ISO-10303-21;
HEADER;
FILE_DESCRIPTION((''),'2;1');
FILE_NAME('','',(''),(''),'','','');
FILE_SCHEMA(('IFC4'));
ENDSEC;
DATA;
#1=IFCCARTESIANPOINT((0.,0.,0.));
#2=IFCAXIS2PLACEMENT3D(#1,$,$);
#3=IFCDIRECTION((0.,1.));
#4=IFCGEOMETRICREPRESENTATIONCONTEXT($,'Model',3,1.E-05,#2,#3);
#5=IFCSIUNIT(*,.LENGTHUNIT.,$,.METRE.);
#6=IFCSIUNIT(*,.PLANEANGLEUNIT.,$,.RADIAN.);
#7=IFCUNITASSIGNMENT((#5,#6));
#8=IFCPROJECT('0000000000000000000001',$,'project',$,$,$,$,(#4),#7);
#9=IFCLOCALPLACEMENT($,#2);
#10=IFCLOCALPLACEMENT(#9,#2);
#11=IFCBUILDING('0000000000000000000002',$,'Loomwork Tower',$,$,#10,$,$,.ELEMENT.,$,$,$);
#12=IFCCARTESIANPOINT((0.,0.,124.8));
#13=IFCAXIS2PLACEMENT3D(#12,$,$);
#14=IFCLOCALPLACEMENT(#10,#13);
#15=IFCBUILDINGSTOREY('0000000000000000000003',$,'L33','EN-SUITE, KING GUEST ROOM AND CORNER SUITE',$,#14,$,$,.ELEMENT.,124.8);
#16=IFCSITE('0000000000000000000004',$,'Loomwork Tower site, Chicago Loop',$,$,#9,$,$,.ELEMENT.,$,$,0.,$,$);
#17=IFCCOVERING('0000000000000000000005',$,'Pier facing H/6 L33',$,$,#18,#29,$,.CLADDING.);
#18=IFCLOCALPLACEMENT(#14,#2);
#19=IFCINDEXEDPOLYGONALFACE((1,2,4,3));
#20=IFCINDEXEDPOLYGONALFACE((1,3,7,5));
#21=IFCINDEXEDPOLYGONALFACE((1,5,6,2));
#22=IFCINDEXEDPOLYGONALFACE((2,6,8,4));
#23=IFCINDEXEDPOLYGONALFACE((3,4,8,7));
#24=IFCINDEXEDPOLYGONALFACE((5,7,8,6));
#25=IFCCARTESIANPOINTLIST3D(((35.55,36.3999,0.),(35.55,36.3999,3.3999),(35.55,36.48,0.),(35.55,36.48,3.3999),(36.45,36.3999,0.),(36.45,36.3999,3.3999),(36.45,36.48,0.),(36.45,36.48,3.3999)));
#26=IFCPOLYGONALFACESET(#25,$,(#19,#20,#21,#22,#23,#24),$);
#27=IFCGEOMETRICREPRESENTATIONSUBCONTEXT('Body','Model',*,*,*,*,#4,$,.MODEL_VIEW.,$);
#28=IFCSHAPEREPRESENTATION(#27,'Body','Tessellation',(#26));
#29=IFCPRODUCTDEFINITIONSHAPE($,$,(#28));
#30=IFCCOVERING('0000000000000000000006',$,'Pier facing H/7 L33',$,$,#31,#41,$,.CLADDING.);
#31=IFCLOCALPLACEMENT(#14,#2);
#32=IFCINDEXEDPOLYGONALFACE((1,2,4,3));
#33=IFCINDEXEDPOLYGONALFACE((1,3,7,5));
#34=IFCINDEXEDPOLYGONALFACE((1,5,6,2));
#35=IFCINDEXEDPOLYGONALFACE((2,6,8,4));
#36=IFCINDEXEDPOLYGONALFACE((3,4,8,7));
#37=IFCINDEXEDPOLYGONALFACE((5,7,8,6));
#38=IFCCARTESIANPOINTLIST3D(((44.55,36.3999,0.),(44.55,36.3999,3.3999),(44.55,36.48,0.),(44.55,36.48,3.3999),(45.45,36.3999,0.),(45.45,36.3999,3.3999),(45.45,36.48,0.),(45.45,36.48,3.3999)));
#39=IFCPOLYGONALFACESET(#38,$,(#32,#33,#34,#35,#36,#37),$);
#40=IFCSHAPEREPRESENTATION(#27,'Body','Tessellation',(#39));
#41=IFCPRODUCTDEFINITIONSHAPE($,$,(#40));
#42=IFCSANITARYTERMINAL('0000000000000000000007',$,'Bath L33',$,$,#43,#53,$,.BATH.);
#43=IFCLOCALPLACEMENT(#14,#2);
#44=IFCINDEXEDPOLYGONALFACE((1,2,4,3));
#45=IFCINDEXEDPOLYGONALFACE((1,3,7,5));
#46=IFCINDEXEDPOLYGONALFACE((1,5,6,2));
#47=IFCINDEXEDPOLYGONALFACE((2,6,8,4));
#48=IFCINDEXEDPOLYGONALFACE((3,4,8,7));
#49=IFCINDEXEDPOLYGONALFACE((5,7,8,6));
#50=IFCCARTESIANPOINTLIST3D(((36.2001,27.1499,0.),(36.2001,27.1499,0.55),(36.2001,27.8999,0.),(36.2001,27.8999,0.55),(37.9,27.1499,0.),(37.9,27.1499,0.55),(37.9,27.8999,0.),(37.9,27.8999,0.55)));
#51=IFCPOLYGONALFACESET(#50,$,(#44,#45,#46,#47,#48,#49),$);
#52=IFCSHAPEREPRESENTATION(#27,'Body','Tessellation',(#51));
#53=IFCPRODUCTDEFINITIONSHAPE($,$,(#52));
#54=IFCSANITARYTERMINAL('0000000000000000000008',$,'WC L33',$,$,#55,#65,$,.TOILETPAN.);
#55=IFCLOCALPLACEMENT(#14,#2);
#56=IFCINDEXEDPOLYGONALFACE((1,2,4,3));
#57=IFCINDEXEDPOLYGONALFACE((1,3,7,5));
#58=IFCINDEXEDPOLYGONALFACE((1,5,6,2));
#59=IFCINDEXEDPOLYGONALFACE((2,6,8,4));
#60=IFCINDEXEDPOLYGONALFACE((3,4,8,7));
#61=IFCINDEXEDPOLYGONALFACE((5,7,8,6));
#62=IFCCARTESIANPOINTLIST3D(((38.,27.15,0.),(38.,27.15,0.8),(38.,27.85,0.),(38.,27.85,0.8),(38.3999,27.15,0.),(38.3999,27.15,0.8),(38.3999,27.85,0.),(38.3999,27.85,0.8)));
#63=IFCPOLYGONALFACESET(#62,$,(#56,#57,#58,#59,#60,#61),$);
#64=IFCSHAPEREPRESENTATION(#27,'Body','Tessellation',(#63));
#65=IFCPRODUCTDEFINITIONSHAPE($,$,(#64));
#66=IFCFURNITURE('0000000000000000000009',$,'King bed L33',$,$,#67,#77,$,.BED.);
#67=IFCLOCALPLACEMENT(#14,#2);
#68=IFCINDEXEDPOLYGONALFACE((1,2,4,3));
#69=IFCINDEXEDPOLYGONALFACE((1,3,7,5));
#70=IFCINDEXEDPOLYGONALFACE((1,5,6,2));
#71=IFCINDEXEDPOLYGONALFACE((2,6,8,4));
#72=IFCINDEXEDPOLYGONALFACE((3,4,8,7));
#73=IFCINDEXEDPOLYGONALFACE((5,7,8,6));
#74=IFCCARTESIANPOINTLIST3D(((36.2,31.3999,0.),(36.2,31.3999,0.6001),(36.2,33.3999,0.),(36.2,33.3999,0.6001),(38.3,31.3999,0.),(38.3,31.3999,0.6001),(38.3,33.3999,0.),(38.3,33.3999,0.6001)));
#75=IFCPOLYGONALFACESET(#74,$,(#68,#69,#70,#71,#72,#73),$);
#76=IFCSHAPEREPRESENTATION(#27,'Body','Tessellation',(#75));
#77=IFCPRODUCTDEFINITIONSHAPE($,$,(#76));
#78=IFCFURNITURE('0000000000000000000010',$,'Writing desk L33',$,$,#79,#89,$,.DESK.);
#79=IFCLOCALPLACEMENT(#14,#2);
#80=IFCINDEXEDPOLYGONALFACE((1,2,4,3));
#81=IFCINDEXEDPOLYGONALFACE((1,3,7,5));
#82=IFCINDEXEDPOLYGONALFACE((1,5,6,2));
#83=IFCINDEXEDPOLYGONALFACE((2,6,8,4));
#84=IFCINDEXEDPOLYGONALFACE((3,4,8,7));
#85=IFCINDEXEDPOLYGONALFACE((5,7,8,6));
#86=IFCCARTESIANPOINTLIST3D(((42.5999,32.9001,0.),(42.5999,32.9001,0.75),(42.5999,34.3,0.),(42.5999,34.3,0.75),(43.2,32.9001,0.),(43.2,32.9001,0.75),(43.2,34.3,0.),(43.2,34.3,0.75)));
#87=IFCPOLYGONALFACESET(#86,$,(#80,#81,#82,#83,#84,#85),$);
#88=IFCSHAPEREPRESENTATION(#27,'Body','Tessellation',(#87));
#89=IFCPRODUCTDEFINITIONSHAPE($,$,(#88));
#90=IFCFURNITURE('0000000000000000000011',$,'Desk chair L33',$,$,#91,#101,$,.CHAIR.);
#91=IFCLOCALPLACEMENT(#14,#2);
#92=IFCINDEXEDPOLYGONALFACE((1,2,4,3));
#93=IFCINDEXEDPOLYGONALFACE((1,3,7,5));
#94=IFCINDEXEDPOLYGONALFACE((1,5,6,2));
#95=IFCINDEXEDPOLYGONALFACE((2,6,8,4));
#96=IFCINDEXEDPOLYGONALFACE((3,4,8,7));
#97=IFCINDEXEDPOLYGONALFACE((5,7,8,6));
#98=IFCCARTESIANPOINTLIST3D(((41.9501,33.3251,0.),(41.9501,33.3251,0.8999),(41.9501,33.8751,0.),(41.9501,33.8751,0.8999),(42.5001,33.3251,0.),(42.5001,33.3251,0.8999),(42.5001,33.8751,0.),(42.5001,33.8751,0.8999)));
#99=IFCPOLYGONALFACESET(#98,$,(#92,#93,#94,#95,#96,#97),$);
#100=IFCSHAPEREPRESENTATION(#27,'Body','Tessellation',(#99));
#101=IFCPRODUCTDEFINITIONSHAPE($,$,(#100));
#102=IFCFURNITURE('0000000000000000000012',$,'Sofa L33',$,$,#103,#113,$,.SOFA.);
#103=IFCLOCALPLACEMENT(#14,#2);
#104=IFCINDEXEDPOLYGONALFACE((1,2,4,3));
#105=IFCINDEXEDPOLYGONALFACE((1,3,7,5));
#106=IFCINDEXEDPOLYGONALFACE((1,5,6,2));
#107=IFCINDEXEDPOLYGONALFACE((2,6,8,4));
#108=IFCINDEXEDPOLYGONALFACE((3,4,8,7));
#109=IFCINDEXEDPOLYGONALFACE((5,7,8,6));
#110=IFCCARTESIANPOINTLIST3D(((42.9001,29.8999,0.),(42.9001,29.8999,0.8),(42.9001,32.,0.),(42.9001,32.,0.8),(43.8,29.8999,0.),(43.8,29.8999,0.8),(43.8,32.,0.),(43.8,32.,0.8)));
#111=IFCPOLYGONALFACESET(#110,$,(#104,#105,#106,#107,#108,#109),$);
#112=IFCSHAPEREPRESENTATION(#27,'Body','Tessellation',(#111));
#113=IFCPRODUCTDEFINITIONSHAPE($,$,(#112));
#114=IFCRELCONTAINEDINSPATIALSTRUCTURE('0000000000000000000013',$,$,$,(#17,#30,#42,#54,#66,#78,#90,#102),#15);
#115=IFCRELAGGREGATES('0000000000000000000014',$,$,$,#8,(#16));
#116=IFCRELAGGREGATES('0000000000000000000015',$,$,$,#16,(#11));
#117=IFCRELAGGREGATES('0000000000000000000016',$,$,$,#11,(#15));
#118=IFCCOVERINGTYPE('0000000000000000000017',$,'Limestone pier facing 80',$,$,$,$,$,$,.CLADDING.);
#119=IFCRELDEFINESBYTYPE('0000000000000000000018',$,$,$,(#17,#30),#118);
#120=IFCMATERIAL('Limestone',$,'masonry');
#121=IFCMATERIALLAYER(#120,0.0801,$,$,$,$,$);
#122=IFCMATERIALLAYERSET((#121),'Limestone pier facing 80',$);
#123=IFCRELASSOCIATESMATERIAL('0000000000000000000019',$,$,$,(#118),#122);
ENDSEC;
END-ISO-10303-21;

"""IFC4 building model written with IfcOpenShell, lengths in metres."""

from ifc_helpers import new_model, si_unit, direction, frame, origin, origin_2d, place, context, subcontext, project, spatial, rectangle, extrude, material, layer, layer_set, type_object, element, save


model = new_model("IFC4")

# Units and contexts
model_context = context("Model", 3, precision=1e-05, world=origin(), true_north=direction((0.0, 1.0)))
body_context = subcontext(model_context, "Body", "Model", "MODEL_VIEW")
ifc_project = project(units=[si_unit("LENGTHUNIT", "METRE"), si_unit("PLANEANGLEUNIT", "RADIAN")], contexts=[model_context])

# Site, building, storey
site_placement = place(None, origin())
site = spatial("IfcSite", under=ifc_project, at=site_placement, Name="Loomwork Tower site, Chicago Loop", CompositionType="ELEMENT", RefElevation=0.0)
building_placement = place(site_placement, origin())
building = spatial("IfcBuilding", under=site, at=building_placement, Name="Loomwork Tower", CompositionType="ELEMENT")
storey_placement = place(building_placement, frame((0.0, 0.0, 124.8)))
storey = spatial("IfcBuildingStorey", under=building, at=storey_placement, Name="L33", Description="EN-SUITE, KING GUEST ROOM AND CORNER SUITE", CompositionType="ELEMENT", Elevation=124.8)

# Coverings
ifc_material_1 = material(Name="Limestone", Category="masonry")
ifc_layer_1 = layer(ifc_material_1, 0.0801)
ifc_layer_set_1 = layer_set([ifc_layer_1], Name="Limestone pier facing 80")
covering_type = type_object("IfcCoveringType", Name="Limestone pier facing 80", PredefinedType="CLADDING", material=ifc_layer_set_1)
for number, where, z_axis, x_axis, name in (
    (1, (36.0, 36.4399, 0.0), (0.0, 0.0, 1.0), (1.0, 0.0, 0.0), "Pier facing H/6 L33"),
    (2, (45.0, 36.4399, 0.0), (0.0, 0.0, 1.0), (1.0, 0.0, 0.0), "Pier facing H/7 L33"),
):
    element("IfcCovering", number, at=place(storey_placement, frame(where, z_axis=z_axis, x_axis=x_axis)), inside=storey, type_object=covering_type, Name=name, PredefinedType="CLADDING", context=body_context, shape_type="SweptSolid", body=[
        extrude(rectangle(XDim=0.8999, YDim=0.0801, at=origin_2d()), origin(), (0.0, 0.0, 1.0), 3.3999),
    ])

# Sanitary terminals
sanitary_terminal_1_placement = place(storey_placement, frame((37.05, 27.5249, 0.0), z_axis=(0.0, 0.0, 1.0), x_axis=(1.0, 0.0, 0.0)))
element("IfcSanitaryTerminal", 3, at=sanitary_terminal_1_placement, inside=storey, Name="Bath L33", PredefinedType="BATH", context=body_context, shape_type="SweptSolid", body=[
    extrude(rectangle(XDim=1.7, YDim=0.75, at=origin_2d()), origin(), (0.0, 0.0, 1.0), 0.55),
])
sanitary_terminal_2_placement = place(storey_placement, frame((38.2, 27.5, 0.0), z_axis=(0.0, 0.0, 1.0), x_axis=(1.0, 0.0, 0.0)))
element("IfcSanitaryTerminal", 4, at=sanitary_terminal_2_placement, inside=storey, Name="WC L33", PredefinedType="TOILETPAN", context=body_context, shape_type="SweptSolid", body=[
    extrude(rectangle(XDim=0.3999, YDim=0.7, at=origin_2d()), origin(), (0.0, 0.0, 1.0), 0.8),
])

# Furniture
furniture_1_placement = place(storey_placement, frame((37.25, 32.3999, 0.0), z_axis=(0.0, 0.0, 1.0), x_axis=(1.0, 0.0, 0.0)))
element("IfcFurniture", 5, at=furniture_1_placement, inside=storey, Name="King bed L33", PredefinedType="BED", context=body_context, shape_type="SweptSolid", body=[
    extrude(rectangle(XDim=2.1001, YDim=2.0, at=origin_2d()), origin(), (0.0, 0.0, 1.0), 0.6001),
])
furniture_2_placement = place(storey_placement, frame((42.8999, 33.6001, 0.0), z_axis=(0.0, 0.0, 1.0), x_axis=(1.0, 0.0, 0.0)))
element("IfcFurniture", 6, at=furniture_2_placement, inside=storey, Name="Writing desk L33", PredefinedType="DESK", context=body_context, shape_type="SweptSolid", body=[
    extrude(rectangle(XDim=0.6001, YDim=1.3999, at=origin_2d()), origin(), (0.0, 0.0, 1.0), 0.75),
])
furniture_3_placement = place(storey_placement, frame((42.2251, 33.6001, 0.0), z_axis=(0.0, 0.0, 1.0), x_axis=(1.0, 0.0, 0.0)))
element("IfcFurniture", 7, at=furniture_3_placement, inside=storey, Name="Desk chair L33", PredefinedType="CHAIR", context=body_context, shape_type="SweptSolid", body=[
    extrude(rectangle(XDim=0.55, YDim=0.55, at=origin_2d()), origin(), (0.0, 0.0, 1.0), 0.8999),
])
furniture_4_placement = place(storey_placement, frame((43.3501, 30.95, 0.0), z_axis=(0.0, 0.0, 1.0), x_axis=(1.0, 0.0, 0.0)))
element("IfcFurniture", 8, at=furniture_4_placement, inside=storey, Name="Sofa L33", PredefinedType="SOFA", context=body_context, shape_type="SweptSolid", body=[
    extrude(rectangle(XDim=0.8999, YDim=2.1001, at=origin_2d()), origin(), (0.0, 0.0, 1.0), 0.8),
])

save(model, "model.ifc")
